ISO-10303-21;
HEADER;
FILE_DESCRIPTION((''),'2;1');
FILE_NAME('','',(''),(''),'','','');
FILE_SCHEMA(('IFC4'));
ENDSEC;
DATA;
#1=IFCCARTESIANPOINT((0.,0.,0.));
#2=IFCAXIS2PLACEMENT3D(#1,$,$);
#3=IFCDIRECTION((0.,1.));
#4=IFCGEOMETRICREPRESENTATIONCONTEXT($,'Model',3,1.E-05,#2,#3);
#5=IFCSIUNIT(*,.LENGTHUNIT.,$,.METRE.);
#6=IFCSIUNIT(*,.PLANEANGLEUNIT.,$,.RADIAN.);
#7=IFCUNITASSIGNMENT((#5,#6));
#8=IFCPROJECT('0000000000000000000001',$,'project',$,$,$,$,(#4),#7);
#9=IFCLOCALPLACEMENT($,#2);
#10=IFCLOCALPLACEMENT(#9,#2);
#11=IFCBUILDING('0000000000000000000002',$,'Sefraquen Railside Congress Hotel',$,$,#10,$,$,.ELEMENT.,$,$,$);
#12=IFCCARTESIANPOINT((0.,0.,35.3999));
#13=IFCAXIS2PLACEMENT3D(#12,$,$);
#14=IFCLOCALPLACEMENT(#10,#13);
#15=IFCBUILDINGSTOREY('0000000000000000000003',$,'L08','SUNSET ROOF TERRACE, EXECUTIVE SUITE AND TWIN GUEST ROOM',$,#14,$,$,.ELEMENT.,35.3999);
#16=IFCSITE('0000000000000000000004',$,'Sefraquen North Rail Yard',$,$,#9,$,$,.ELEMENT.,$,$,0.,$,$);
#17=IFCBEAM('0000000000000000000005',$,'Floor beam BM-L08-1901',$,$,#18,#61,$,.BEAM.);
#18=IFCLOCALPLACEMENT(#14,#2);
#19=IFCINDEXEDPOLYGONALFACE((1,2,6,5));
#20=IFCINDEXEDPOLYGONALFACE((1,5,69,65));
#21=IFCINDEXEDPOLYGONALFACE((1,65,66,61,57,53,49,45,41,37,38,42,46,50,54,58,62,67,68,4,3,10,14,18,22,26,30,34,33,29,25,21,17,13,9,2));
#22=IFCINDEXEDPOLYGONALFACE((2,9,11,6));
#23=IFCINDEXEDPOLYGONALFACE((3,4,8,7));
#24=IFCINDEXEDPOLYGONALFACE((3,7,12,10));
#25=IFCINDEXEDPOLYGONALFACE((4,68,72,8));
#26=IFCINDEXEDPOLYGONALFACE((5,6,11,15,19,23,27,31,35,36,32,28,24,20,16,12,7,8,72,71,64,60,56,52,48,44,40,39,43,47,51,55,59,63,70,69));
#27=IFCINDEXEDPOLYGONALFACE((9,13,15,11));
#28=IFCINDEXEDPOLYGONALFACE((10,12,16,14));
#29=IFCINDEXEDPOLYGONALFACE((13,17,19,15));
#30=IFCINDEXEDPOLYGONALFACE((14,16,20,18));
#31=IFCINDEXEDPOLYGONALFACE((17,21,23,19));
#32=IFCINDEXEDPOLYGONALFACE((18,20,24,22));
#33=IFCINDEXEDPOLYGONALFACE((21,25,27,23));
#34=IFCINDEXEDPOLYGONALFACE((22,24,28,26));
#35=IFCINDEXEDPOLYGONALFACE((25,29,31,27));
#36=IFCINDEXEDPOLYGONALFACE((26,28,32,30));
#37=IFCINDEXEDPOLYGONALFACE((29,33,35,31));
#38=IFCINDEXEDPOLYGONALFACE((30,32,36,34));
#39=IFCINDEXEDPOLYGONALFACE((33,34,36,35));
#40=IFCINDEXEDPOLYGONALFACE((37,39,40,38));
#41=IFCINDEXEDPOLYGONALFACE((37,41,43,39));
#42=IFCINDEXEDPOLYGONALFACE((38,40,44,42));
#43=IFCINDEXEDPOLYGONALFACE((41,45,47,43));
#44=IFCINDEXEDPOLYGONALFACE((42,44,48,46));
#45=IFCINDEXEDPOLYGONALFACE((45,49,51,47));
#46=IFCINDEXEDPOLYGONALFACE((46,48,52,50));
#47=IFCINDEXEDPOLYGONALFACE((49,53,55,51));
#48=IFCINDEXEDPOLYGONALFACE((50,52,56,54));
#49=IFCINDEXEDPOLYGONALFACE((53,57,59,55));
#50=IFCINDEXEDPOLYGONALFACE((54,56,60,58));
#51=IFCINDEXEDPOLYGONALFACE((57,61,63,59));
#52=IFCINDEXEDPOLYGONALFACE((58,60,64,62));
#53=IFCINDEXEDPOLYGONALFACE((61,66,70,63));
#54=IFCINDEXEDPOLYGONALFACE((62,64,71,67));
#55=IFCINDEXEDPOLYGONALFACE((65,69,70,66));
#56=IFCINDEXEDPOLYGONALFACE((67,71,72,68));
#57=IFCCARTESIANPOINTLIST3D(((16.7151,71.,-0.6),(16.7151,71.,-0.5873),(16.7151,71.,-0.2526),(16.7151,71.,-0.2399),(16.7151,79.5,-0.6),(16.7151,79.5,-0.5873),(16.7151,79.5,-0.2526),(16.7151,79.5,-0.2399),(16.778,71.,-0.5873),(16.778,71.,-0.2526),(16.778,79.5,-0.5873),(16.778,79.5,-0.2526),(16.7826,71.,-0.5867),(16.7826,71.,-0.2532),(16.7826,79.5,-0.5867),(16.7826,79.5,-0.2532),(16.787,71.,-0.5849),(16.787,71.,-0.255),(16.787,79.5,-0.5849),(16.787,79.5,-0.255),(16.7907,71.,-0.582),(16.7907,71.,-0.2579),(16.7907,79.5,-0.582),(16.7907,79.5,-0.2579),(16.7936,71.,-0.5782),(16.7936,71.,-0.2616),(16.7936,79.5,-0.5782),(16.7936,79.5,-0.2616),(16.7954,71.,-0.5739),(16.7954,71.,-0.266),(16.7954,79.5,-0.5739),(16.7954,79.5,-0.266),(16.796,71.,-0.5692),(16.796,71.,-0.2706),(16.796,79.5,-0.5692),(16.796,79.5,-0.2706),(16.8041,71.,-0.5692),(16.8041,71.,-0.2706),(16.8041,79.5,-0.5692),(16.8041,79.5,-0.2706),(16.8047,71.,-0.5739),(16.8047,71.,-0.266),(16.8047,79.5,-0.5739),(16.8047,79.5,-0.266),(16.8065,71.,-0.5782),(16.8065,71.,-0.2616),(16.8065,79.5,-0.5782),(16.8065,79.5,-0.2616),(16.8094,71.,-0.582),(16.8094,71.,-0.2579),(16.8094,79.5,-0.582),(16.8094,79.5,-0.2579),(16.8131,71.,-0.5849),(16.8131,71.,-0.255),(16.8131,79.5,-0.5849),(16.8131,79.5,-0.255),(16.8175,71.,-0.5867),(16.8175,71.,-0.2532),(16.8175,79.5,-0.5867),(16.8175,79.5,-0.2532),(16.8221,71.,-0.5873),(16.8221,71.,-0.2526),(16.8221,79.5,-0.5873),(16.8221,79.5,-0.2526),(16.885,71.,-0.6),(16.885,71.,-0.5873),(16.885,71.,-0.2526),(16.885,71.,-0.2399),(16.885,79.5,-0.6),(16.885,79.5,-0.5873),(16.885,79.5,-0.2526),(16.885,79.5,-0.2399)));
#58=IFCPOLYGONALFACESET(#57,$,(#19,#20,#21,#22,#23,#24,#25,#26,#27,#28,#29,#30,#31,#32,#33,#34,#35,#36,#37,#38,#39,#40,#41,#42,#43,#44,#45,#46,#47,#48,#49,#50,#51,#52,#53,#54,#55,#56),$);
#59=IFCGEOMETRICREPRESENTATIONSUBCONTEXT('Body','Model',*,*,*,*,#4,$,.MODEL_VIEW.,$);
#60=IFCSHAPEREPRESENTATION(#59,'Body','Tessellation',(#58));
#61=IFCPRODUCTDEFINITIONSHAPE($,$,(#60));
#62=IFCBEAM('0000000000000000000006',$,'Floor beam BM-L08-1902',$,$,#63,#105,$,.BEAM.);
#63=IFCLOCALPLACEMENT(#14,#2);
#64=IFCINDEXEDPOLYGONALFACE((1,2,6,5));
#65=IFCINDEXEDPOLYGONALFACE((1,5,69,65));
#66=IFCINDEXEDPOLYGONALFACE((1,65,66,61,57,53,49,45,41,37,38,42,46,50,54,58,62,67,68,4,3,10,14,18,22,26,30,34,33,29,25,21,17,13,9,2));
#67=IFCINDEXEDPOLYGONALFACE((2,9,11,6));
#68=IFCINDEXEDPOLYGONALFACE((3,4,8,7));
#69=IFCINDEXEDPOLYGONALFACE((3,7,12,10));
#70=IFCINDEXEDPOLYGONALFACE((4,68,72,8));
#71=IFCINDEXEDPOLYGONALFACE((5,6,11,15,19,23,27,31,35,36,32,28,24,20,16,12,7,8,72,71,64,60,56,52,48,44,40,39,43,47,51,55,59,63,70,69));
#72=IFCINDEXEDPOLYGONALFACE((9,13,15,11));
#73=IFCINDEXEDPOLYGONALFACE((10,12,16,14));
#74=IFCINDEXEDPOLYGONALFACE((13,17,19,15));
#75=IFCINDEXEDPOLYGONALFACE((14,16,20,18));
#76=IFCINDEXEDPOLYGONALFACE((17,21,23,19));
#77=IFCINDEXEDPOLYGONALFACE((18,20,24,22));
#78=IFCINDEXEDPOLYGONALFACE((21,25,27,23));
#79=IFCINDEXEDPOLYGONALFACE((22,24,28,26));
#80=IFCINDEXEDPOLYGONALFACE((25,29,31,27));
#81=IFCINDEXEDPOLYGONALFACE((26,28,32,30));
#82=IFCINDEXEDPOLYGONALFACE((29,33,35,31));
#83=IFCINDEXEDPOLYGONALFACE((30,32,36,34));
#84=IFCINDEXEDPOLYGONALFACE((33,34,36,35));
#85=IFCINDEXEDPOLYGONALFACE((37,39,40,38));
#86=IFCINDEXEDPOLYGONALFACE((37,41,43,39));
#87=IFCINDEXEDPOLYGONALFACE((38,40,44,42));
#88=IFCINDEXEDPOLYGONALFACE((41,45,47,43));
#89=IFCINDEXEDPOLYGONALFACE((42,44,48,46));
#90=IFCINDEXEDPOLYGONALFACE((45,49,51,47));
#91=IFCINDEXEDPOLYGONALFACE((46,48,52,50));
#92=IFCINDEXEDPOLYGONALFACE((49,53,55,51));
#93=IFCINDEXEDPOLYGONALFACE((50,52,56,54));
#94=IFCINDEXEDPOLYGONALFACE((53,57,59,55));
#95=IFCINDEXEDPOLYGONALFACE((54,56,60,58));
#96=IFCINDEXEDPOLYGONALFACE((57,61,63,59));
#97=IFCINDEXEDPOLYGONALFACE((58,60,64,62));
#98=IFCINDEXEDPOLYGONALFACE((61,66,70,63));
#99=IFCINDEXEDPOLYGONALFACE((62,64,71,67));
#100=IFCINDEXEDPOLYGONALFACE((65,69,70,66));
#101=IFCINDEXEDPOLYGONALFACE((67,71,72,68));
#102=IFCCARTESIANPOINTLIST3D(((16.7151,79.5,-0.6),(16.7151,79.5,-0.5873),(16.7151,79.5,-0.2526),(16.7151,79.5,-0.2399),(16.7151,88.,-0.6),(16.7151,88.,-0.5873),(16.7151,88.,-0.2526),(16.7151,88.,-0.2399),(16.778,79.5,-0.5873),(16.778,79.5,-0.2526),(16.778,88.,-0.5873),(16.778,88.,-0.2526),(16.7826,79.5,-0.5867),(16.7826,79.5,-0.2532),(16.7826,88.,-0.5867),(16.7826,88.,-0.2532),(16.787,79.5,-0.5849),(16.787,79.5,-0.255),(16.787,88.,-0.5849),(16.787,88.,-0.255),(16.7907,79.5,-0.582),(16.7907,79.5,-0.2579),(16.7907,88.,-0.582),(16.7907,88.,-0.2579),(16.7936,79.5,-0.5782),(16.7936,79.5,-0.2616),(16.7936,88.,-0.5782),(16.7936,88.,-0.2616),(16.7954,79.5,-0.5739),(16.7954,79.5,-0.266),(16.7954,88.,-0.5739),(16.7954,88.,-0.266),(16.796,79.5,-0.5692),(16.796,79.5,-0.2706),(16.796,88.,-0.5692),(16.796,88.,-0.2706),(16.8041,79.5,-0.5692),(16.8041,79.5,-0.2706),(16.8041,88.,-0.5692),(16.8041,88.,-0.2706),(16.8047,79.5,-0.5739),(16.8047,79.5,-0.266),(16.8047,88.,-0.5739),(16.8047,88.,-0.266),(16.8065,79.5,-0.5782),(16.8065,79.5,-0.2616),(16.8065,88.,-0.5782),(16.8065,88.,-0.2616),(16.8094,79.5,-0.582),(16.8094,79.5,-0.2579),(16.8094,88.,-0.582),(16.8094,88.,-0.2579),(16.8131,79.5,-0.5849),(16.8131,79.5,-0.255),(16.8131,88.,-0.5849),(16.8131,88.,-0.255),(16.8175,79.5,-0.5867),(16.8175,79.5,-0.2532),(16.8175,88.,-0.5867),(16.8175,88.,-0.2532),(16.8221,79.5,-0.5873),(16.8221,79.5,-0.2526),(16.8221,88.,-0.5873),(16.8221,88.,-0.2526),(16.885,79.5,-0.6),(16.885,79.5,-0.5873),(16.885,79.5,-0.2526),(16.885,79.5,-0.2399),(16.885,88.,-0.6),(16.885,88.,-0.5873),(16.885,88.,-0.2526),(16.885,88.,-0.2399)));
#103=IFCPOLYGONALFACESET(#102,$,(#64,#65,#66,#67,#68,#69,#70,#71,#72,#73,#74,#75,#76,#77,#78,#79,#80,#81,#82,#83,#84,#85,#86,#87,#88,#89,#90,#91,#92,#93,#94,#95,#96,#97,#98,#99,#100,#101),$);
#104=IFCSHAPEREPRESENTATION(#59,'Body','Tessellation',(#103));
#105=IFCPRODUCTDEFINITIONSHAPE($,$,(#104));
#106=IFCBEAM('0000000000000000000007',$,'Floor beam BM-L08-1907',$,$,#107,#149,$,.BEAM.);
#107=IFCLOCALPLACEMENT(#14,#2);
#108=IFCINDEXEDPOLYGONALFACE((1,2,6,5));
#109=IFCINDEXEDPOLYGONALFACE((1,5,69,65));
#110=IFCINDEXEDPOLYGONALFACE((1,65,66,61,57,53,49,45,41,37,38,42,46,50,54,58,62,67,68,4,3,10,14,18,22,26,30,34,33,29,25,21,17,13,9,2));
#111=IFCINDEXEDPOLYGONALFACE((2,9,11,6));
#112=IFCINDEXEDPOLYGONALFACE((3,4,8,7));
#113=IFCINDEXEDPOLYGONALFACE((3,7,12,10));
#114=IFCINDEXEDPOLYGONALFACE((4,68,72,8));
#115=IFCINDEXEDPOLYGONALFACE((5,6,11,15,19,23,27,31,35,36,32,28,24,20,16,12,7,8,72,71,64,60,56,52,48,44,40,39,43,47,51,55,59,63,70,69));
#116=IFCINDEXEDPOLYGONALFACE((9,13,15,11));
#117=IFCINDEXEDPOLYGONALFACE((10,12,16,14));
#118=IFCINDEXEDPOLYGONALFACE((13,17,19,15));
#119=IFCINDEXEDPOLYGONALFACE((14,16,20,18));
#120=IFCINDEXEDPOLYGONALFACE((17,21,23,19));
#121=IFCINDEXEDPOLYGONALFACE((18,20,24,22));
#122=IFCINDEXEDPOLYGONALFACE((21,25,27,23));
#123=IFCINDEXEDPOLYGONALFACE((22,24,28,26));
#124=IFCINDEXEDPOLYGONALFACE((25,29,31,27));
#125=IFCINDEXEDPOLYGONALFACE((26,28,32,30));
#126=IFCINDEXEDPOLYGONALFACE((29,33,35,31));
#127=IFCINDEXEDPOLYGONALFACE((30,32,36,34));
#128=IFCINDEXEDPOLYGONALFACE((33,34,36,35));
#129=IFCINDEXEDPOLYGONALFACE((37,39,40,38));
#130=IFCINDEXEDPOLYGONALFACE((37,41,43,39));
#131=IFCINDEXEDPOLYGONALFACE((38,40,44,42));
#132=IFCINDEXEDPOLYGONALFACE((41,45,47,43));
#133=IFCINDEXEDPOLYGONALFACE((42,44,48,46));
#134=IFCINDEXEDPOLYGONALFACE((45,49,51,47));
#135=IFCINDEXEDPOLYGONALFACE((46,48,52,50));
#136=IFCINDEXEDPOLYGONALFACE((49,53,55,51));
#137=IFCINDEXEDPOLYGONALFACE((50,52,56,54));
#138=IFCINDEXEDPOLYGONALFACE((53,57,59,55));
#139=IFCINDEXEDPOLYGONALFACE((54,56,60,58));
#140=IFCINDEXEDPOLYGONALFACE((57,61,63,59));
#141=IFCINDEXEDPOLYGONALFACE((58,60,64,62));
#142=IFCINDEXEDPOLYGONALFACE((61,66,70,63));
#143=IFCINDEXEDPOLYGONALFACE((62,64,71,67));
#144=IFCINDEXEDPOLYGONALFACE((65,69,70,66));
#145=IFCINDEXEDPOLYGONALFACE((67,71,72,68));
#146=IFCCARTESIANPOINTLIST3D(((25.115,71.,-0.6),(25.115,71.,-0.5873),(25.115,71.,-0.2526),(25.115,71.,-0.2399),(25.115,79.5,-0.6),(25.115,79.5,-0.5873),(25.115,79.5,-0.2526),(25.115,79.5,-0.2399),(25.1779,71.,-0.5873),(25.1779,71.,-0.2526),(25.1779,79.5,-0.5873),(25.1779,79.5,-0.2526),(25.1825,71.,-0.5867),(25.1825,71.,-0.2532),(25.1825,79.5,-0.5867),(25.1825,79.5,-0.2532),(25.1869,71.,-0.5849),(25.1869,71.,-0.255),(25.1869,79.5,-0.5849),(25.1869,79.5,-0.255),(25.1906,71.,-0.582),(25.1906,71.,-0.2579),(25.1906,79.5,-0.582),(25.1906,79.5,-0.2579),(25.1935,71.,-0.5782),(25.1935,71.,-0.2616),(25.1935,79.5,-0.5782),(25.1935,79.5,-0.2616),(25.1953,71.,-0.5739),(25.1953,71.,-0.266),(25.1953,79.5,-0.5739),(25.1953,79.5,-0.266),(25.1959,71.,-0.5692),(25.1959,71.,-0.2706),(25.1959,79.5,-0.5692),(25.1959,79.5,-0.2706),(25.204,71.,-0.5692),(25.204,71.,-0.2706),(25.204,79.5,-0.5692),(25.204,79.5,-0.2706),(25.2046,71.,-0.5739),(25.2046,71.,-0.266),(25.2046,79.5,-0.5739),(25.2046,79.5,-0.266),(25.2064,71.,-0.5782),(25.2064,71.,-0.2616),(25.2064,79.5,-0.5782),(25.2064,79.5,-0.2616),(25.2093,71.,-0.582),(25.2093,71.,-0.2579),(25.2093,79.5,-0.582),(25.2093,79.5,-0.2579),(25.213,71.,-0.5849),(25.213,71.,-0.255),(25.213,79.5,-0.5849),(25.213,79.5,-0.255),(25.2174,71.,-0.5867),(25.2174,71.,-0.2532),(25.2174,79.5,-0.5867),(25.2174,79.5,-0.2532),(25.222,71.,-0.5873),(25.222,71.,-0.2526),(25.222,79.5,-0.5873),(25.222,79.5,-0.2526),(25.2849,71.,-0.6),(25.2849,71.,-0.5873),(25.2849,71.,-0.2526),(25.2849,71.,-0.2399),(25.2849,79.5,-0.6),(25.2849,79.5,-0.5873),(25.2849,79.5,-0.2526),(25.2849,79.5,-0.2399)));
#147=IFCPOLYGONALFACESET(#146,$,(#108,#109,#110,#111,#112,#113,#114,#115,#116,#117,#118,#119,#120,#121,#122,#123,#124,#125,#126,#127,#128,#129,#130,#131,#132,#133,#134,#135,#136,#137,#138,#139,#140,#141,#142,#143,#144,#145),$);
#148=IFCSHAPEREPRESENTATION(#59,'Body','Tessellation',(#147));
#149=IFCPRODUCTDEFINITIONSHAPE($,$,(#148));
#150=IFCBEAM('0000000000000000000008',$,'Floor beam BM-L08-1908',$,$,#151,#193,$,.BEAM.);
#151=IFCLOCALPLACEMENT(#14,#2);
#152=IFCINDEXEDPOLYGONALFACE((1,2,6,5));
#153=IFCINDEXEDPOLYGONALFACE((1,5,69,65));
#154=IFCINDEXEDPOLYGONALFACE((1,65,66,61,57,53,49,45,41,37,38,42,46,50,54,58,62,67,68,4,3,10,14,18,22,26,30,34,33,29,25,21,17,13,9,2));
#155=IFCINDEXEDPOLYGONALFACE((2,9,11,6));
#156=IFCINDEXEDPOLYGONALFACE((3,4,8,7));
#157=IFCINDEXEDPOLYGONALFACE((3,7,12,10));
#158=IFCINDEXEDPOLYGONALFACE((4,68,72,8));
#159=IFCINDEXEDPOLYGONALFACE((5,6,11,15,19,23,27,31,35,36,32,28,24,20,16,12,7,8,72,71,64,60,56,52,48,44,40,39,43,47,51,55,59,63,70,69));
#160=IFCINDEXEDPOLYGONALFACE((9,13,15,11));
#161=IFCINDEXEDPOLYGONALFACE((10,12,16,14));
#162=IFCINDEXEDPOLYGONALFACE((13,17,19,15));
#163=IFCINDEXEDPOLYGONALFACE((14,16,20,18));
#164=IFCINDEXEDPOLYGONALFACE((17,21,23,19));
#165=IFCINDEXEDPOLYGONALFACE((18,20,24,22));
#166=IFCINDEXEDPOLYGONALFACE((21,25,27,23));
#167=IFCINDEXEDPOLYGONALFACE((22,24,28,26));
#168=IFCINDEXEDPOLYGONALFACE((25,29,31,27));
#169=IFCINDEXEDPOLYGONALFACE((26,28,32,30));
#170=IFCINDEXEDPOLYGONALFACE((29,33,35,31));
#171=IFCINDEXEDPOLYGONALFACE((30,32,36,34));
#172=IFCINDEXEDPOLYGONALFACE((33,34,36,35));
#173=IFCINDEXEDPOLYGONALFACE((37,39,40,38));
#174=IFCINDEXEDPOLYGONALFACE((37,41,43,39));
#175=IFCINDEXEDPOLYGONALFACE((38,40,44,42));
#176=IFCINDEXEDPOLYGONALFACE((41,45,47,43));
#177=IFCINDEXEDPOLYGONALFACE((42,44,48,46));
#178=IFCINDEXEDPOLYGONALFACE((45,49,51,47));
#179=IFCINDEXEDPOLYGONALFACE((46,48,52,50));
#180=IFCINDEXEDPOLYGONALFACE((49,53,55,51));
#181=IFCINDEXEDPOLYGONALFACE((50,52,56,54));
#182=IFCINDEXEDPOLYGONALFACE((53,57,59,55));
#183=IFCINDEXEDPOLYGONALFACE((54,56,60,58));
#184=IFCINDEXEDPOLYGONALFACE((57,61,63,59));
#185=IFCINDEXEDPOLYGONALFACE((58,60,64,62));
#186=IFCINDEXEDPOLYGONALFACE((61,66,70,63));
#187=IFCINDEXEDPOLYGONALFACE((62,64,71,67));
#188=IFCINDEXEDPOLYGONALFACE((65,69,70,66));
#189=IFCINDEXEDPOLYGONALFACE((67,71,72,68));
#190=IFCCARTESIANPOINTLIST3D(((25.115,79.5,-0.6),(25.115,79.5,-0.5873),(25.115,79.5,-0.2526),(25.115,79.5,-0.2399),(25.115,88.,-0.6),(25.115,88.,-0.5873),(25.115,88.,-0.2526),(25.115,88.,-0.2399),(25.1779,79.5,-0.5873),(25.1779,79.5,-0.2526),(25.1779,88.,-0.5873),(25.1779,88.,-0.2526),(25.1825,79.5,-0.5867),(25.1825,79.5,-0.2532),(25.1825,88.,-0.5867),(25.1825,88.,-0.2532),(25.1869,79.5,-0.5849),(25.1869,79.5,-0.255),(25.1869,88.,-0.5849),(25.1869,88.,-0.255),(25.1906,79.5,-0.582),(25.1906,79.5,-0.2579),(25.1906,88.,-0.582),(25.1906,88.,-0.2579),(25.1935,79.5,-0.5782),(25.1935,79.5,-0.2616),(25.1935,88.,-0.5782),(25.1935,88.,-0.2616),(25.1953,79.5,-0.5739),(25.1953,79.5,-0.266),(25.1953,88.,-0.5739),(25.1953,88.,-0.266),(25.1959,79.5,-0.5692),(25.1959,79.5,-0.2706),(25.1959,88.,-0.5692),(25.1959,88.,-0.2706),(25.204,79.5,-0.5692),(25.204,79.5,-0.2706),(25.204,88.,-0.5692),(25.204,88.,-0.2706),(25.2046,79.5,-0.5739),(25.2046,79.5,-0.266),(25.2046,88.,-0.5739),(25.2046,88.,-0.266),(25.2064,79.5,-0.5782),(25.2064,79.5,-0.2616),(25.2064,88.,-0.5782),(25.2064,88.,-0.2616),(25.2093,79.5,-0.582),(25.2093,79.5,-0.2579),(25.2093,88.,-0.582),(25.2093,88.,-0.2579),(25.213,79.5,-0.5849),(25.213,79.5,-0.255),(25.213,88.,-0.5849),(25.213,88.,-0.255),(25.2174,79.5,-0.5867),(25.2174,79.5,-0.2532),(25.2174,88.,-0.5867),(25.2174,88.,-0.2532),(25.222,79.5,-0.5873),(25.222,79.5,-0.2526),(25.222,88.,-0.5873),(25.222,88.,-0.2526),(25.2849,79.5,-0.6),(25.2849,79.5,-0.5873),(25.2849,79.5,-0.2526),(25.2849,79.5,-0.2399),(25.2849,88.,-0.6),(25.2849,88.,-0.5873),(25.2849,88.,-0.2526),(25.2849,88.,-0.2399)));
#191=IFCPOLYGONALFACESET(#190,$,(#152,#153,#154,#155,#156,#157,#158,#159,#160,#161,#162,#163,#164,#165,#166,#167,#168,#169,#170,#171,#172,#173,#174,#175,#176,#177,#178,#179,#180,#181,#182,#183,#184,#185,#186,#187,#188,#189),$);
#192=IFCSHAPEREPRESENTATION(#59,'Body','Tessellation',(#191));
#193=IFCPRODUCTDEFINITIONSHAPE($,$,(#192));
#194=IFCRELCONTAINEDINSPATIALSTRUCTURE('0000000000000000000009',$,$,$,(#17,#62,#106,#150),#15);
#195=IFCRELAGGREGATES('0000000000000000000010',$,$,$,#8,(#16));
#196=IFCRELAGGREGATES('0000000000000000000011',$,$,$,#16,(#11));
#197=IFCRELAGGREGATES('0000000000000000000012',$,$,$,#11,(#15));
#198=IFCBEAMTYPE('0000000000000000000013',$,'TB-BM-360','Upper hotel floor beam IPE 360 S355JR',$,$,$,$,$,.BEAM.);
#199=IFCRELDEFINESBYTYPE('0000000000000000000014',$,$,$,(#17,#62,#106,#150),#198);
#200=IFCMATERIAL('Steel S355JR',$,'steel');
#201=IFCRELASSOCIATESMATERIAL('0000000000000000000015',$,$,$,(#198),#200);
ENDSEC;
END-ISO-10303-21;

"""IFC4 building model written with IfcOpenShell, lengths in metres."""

from ifc_helpers import new_model, si_unit, direction, frame, origin, origin_2d, place, context, subcontext, project, spatial, i_section, extrude, material, material_profile, profile_set, type_object, element, save


model = new_model("IFC4")

# Units and contexts
model_context = context("Model", 3, precision=1e-05, world=origin(), true_north=direction((0.0, 1.0)))
body_context = subcontext(model_context, "Body", "Model", "MODEL_VIEW")
ifc_project = project(units=[si_unit("LENGTHUNIT", "METRE"), si_unit("PLANEANGLEUNIT", "RADIAN")], contexts=[model_context])

# Site, building, storey
site_placement = place(None, origin())
site = spatial("IfcSite", under=ifc_project, at=site_placement, Name="Sefraquen North Rail Yard", CompositionType="ELEMENT", RefElevation=0.0)
building_placement = place(site_placement, origin())
building = spatial("IfcBuilding", under=site, at=building_placement, Name="Sefraquen Railside Congress Hotel", CompositionType="ELEMENT")
storey_placement = place(building_placement, frame((0.0, 0.0, 35.3999)))
storey = spatial("IfcBuildingStorey", under=building, at=storey_placement, Name="L08", Description="SUNSET ROOF TERRACE, EXECUTIVE SUITE AND TWIN GUEST ROOM", CompositionType="ELEMENT", Elevation=35.3999)

# Shared definitions
ifc_material_1 = material(Name="Steel S355JR", Category="steel")

# Beams
ifc_material_profile_1 = material_profile(ifc_material_1, i_section(OverallWidth=0.1699, OverallDepth=0.3601, WebThickness=0.0081, FlangeThickness=0.0127, FilletRadius=0.0181, at=origin_2d()), Name="IPE 360")
ifc_profile_set_1 = profile_set([ifc_material_profile_1], Name="Steel S355JR")
beam_type_1 = type_object("IfcBeamType", Name="TB-BM-360", Description="Upper hotel floor beam IPE 360 S355JR", PredefinedType="BEAM", material=ifc_profile_set_1)
for number, where, z_axis, x_axis, name in (
    (1, (16.8, 71.0, -0.4199), (0.0, 1.0, 0.0), (-1.0, 0.0, 0.0), "Floor beam BM-L08-1901"),
    (2, (16.8, 79.5, -0.4199), (0.0, 1.0, 0.0), (-1.0, 0.0, 0.0), "Floor beam BM-L08-1902"),
    (3, (25.2, 71.0, -0.4199), (0.0, 1.0, 0.0), (-1.0, 0.0, 0.0), "Floor beam BM-L08-1907"),
    (4, (25.2, 79.5, -0.4199), (0.0, 1.0, 0.0), (-1.0, 0.0, 0.0), "Floor beam BM-L08-1908"),
):
    element("IfcBeam", number, at=place(storey_placement, frame(where, z_axis=z_axis, x_axis=x_axis)), inside=storey, type_object=beam_type_1, Name=name, PredefinedType="BEAM", context=body_context, shape_type="SweptSolid", body=[
        extrude(i_section(OverallWidth=0.1699, OverallDepth=0.3601, WebThickness=0.0081, FlangeThickness=0.0127, FilletRadius=0.0181, at=origin_2d()), origin(), (0.0, 0.0, 1.0), 8.5),
    ])

save(model, "model.ifc")
